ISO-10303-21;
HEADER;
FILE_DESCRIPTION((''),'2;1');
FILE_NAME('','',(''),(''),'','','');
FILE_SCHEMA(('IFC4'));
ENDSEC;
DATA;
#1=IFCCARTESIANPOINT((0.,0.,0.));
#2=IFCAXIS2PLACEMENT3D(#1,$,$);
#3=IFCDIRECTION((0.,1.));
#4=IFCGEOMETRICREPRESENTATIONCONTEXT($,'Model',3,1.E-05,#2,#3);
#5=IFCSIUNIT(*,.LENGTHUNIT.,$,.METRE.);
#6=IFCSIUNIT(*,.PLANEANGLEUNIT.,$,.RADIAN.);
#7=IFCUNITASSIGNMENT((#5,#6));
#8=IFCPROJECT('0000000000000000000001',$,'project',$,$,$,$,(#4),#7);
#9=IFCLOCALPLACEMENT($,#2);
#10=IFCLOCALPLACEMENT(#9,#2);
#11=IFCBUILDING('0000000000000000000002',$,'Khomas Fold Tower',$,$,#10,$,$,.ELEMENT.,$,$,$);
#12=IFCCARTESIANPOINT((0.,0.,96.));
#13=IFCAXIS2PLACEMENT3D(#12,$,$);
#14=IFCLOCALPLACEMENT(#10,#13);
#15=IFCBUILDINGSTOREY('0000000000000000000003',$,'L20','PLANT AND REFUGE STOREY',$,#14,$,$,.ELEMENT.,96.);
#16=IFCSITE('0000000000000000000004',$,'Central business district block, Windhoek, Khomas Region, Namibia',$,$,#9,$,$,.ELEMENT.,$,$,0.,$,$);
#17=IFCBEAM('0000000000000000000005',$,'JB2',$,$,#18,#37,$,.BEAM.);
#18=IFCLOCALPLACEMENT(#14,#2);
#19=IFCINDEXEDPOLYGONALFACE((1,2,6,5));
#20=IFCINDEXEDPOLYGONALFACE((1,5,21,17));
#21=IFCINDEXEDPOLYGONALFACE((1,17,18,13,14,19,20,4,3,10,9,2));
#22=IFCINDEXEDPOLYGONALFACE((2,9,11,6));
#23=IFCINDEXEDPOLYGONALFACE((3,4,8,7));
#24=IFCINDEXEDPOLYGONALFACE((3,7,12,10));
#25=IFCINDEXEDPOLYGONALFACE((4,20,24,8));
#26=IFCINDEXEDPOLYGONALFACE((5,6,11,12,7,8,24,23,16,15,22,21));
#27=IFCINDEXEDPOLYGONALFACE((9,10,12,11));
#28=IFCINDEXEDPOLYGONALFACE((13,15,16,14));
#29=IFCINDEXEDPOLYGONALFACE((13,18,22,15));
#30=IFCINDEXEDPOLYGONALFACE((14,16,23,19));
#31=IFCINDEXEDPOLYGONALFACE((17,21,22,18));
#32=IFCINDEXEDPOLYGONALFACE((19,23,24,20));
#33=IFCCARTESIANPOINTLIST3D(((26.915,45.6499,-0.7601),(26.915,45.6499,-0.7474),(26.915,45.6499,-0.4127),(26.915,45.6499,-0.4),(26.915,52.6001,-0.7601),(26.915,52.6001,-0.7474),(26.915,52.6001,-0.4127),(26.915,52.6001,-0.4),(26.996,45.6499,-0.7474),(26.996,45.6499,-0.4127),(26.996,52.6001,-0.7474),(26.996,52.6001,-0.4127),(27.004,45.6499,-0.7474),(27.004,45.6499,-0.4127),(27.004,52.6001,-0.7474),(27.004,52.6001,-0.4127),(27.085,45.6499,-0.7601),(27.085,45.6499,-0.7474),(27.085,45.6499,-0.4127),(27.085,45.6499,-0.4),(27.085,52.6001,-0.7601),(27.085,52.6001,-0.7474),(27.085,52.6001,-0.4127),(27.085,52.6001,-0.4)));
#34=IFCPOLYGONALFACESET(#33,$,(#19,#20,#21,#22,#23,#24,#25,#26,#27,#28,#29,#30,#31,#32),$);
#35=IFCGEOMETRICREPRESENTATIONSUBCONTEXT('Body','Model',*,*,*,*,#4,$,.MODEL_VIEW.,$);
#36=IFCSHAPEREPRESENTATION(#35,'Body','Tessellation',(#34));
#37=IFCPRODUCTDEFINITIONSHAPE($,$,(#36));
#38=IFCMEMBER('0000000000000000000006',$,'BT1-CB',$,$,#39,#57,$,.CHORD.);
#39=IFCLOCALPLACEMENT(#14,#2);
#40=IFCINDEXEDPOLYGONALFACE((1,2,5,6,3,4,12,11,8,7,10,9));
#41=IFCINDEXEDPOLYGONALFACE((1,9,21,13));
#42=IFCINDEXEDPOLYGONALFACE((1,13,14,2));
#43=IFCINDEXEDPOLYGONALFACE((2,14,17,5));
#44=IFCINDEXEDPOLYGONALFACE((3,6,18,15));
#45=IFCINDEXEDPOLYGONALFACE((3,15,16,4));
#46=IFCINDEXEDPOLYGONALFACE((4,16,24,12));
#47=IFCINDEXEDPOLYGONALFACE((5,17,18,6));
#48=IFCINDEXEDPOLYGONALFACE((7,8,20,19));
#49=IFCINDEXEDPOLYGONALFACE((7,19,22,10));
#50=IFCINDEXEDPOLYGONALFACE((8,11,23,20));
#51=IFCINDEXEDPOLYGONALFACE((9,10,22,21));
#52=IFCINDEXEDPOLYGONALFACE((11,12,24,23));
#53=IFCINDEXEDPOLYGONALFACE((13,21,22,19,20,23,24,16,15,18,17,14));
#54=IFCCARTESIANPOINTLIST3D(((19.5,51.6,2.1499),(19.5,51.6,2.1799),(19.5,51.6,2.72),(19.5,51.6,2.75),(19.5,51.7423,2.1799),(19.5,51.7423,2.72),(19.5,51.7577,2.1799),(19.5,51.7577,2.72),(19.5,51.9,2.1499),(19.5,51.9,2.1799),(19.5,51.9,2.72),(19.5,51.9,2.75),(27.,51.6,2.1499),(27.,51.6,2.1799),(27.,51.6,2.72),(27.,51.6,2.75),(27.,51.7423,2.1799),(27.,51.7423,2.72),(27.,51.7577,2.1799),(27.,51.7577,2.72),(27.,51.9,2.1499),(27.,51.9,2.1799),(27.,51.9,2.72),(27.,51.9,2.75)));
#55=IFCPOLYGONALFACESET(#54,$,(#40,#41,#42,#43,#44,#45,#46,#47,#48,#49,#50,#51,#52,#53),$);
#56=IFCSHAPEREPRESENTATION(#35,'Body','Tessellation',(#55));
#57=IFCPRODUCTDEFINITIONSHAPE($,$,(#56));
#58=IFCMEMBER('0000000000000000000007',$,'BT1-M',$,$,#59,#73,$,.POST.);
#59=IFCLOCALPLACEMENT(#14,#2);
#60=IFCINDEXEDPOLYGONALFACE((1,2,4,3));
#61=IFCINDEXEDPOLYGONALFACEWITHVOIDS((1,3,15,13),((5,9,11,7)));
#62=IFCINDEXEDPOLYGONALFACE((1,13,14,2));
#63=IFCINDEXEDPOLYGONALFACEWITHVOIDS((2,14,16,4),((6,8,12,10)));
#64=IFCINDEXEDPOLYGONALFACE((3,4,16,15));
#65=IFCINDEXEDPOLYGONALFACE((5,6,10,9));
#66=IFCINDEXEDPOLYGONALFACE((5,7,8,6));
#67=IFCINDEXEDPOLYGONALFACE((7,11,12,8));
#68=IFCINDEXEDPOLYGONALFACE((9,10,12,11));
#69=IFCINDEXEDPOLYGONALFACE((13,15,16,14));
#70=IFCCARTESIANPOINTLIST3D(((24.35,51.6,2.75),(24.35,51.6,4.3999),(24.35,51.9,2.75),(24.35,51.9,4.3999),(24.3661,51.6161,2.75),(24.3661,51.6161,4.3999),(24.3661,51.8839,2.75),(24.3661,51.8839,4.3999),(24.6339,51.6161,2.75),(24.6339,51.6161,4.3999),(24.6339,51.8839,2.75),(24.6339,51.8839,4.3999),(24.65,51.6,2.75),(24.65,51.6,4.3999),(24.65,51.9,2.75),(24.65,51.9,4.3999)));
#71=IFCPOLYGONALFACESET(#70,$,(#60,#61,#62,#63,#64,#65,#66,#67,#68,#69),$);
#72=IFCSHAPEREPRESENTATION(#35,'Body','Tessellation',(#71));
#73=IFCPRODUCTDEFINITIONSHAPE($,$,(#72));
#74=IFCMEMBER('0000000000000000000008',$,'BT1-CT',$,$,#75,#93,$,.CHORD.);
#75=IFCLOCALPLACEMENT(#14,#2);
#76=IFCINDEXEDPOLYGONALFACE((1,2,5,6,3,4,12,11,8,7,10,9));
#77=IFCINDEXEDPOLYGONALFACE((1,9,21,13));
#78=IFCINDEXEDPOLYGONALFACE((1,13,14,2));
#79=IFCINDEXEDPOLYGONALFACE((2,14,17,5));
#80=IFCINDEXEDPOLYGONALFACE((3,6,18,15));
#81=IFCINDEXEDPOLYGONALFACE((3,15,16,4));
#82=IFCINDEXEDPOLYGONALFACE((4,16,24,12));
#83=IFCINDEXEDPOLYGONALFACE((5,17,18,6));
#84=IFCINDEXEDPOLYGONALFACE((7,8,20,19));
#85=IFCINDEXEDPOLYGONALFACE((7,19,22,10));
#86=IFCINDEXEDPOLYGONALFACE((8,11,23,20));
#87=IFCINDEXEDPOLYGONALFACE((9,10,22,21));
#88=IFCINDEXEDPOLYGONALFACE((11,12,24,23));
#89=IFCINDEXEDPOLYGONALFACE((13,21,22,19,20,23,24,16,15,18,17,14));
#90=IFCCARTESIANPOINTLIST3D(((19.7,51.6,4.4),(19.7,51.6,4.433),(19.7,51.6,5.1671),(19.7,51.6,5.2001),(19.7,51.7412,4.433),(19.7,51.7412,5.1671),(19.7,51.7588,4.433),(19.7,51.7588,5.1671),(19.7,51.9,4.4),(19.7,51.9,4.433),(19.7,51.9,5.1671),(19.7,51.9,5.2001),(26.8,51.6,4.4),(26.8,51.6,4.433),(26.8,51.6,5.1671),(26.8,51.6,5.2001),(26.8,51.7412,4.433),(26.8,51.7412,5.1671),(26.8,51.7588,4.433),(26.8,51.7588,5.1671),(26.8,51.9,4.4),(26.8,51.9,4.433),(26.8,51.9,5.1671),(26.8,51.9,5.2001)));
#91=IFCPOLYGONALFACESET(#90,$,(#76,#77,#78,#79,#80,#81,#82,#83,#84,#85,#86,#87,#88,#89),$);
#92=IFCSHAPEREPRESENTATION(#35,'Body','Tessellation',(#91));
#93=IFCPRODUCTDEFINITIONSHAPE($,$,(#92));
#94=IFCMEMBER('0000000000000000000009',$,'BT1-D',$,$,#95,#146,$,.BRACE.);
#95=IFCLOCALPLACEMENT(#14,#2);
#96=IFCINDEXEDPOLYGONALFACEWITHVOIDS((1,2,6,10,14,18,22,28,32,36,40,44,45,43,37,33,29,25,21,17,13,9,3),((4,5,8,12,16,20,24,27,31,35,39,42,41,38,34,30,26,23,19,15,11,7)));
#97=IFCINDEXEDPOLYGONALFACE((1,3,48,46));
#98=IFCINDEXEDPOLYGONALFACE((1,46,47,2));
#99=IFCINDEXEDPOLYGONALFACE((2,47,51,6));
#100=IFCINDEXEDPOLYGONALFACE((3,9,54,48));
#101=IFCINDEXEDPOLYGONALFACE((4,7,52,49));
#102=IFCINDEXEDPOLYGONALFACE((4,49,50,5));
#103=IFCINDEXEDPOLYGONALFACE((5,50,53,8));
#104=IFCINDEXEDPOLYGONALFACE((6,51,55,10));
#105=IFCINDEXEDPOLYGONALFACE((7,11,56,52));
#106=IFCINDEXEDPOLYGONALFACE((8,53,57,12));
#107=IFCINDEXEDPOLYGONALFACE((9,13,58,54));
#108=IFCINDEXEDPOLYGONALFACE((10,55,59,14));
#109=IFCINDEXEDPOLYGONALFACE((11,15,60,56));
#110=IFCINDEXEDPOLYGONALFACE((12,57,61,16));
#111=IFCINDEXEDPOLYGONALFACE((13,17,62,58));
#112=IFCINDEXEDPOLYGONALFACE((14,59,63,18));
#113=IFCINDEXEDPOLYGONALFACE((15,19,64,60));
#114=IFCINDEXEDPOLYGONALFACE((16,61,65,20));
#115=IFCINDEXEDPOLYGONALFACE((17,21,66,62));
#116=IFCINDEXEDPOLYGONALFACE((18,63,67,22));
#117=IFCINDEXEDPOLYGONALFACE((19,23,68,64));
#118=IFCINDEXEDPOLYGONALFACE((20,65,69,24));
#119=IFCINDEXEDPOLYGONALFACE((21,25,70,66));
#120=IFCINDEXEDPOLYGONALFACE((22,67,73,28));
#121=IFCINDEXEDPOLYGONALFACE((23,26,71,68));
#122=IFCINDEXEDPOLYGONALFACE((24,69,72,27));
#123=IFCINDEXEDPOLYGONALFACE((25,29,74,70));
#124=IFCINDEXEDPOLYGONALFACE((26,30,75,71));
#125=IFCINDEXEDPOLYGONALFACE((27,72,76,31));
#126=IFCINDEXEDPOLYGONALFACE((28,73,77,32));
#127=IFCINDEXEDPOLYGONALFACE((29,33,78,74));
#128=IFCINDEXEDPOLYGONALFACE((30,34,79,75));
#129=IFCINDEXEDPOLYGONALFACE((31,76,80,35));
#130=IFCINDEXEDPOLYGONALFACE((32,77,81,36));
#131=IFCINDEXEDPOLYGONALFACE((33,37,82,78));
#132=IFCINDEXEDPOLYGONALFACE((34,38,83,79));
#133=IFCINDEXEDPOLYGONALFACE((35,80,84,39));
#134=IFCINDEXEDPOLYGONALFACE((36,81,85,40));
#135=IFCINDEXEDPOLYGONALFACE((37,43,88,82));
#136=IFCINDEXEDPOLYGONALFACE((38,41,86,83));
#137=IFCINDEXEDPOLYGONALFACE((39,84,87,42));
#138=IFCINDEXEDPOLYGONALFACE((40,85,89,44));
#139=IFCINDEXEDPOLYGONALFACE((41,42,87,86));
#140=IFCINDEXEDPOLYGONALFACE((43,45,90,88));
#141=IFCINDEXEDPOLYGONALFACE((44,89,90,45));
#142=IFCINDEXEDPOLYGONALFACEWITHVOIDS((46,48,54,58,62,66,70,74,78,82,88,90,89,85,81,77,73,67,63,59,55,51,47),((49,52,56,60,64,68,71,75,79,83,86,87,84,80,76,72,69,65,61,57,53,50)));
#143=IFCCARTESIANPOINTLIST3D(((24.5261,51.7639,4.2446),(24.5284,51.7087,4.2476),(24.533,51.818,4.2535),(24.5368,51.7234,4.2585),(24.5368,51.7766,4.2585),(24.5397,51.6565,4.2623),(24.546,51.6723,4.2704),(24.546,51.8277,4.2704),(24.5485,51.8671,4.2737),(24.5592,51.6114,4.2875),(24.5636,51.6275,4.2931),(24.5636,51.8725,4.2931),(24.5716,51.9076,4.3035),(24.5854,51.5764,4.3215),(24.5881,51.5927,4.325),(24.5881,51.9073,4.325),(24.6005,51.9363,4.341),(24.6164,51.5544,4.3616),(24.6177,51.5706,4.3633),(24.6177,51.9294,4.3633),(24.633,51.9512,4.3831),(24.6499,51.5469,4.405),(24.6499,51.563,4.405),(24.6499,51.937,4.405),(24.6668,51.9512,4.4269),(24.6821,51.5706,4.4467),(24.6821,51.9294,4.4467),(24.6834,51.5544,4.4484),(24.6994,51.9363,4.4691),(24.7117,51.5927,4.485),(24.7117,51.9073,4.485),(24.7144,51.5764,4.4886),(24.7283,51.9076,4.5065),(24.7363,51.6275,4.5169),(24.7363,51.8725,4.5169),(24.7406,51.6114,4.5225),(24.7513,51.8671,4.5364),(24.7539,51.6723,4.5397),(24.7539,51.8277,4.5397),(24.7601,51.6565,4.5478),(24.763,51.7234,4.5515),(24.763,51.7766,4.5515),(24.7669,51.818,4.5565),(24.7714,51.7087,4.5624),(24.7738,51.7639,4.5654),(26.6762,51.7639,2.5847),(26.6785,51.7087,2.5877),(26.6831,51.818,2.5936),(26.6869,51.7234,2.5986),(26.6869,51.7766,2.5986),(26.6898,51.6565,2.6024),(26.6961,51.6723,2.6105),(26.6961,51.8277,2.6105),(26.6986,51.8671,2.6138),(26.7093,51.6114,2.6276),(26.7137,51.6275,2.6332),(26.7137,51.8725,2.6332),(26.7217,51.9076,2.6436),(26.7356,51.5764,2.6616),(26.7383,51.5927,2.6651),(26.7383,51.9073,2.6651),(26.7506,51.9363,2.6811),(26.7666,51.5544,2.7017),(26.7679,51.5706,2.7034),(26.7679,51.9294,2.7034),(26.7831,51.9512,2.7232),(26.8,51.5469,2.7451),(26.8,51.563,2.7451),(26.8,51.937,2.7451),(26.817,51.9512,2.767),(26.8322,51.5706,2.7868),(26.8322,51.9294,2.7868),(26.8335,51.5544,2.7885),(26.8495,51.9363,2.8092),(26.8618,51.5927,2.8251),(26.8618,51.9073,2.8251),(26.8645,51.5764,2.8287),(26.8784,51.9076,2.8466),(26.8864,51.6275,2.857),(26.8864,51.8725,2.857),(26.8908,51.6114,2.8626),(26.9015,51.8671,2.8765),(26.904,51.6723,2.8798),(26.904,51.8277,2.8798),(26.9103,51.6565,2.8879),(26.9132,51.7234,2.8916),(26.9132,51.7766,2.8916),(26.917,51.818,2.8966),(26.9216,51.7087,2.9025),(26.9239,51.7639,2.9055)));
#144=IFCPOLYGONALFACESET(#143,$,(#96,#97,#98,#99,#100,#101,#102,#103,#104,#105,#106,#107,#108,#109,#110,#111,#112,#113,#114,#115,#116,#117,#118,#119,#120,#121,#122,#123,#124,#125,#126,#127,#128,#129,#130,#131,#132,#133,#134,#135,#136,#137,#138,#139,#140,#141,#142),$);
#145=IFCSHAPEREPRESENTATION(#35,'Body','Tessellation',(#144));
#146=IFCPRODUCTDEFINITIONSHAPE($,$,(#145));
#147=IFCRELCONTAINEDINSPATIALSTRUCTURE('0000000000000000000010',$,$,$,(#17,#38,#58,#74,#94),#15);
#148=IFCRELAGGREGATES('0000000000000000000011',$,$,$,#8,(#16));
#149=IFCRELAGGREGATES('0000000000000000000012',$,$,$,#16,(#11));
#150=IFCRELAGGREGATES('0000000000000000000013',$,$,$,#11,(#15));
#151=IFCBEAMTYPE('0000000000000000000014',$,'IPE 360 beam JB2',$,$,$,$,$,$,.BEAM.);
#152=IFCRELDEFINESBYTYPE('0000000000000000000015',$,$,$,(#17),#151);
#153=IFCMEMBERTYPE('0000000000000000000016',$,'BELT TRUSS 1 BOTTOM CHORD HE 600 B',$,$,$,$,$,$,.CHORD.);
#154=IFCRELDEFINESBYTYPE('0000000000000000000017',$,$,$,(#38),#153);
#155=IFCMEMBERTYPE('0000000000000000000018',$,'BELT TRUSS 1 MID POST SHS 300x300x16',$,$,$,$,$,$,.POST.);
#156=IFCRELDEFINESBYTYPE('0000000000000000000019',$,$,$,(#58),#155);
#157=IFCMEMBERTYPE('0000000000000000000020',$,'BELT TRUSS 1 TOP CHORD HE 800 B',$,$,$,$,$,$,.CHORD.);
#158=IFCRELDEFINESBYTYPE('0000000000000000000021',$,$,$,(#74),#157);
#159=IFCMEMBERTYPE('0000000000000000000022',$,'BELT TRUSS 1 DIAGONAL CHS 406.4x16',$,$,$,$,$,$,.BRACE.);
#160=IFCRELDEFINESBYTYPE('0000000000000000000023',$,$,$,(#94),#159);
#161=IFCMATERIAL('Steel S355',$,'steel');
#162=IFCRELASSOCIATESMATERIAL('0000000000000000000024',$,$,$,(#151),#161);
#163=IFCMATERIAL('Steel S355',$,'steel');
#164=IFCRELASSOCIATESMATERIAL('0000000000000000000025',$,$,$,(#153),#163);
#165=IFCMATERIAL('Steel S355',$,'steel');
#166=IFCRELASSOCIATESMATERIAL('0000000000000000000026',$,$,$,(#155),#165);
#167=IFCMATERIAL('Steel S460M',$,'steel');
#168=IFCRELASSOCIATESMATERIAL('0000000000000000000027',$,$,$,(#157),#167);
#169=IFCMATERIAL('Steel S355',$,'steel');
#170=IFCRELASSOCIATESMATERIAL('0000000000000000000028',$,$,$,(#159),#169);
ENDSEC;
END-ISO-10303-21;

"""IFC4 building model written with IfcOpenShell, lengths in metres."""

from ifc_helpers import new_model, si_unit, direction, frame, origin, origin_2d, place, context, subcontext, project, spatial, hollow_rectangle, hollow_circle, i_section, extrude, source, transform, mapped, material, material_profile, profile_set, type_object, element, save


model = new_model("IFC4")

# Units and contexts
model_context = context("Model", 3, precision=1e-05, world=origin(), true_north=direction((0.0, 1.0)))
body_context = subcontext(model_context, "Body", "Model", "MODEL_VIEW")
ifc_project = project(units=[si_unit("LENGTHUNIT", "METRE"), si_unit("PLANEANGLEUNIT", "RADIAN")], contexts=[model_context])

# Site, building, storey
site_placement = place(None, origin())
site = spatial("IfcSite", under=ifc_project, at=site_placement, Name="Central business district block, Windhoek, Khomas Region, Namibia", CompositionType="ELEMENT", RefElevation=0.0)
building_placement = place(site_placement, origin())
building = spatial("IfcBuilding", under=site, at=building_placement, Name="Khomas Fold Tower", CompositionType="ELEMENT")
storey_placement = place(building_placement, frame((0.0, 0.0, 96.0)))
storey = spatial("IfcBuildingStorey", under=building, at=storey_placement, Name="L20", Description="PLANT AND REFUGE STOREY", CompositionType="ELEMENT", Elevation=96.0)

# Beam
ifc_material_1 = material(Name="Steel S355", Category="steel")
ifc_material_profile_1 = material_profile(ifc_material_1, i_section(OverallWidth=0.1699, OverallDepth=0.3601, WebThickness=0.0081, FlangeThickness=0.0127, at=origin_2d()), Name="IPE 360")
ifc_profile_set_1 = profile_set([ifc_material_profile_1], Name="Steel S355")
beam_type = type_object("IfcBeamType", Name="IPE 360 beam JB2", PredefinedType="BEAM", material=ifc_profile_set_1)
shared_shape_1 = source(origin(), body_context, "Body", "SweptSolid", [
    extrude(i_section(OverallWidth=0.1699, OverallDepth=0.3601, WebThickness=0.0081, FlangeThickness=0.0127, at=origin_2d()), origin(), (0.0, 0.0, 1.0), 6.9502),
])
beam_placement = place(storey_placement, frame((27.0, 45.6499, -0.5801), z_axis=(0.0, 1.0, 0.0), x_axis=(-1.0, 0.0, 0.0)))
element("IfcBeam", 1, at=beam_placement, inside=storey, type_object=beam_type, Name="JB2", PredefinedType="BEAM", context=body_context, shape_type="MappedRepresentation", body=[
    mapped(shared_shape_1, transform((0.0, 0.0, 0.0))),
])

# Members
ifc_material_2 = material(Name="Steel S355", Category="steel")
ifc_material_profile_2 = material_profile(ifc_material_2, i_section(OverallWidth=0.3, OverallDepth=0.6001, WebThickness=0.0154, FlangeThickness=0.03, at=origin_2d()), Name="HE 600 B")
ifc_profile_set_2 = profile_set([ifc_material_profile_2], Name="Steel S355")
member_type_1 = type_object("IfcMemberType", Name="BELT TRUSS 1 BOTTOM CHORD HE 600 B", PredefinedType="CHORD", material=ifc_profile_set_2)
shared_shape_2 = source(origin(), body_context, "Body", "SweptSolid", [
    extrude(i_section(OverallWidth=0.3, OverallDepth=0.6001, WebThickness=0.0154, FlangeThickness=0.03, at=origin_2d()), origin(), (0.0, 0.0, 1.0), 7.5),
])
member_1_placement = place(storey_placement, frame((27.0, 51.75, 2.45), z_axis=(-1.0, 0.0, 0.0), x_axis=(0.0, -1.0, 0.0)))
element("IfcMember", 2, at=member_1_placement, inside=storey, type_object=member_type_1, Name="BT1-CB", PredefinedType="CHORD", context=body_context, shape_type="MappedRepresentation", body=[
    mapped(shared_shape_2, transform((0.0, 0.0, 0.0))),
])
ifc_material_3 = material(Name="Steel S355", Category="steel")
ifc_material_profile_3 = material_profile(ifc_material_3, hollow_rectangle(XDim=0.3, YDim=0.3, WallThickness=0.0161, at=origin_2d()), Name="SHS 300x300x16")
ifc_profile_set_3 = profile_set([ifc_material_profile_3], Name="Steel S355")
member_type_2 = type_object("IfcMemberType", Name="BELT TRUSS 1 MID POST SHS 300x300x16", PredefinedType="POST", material=ifc_profile_set_3)
shared_shape_3 = source(origin(), body_context, "Body", "SweptSolid", [
    extrude(hollow_rectangle(XDim=0.3, YDim=0.3, WallThickness=0.0161, at=origin_2d()), origin(), (0.0, 0.0, 1.0), 1.6499),
])
member_2_placement = place(storey_placement, frame((24.5, 51.75, 2.75), z_axis=(0.0, 0.0, 1.0), x_axis=(1.0, 0.0, 0.0)))
element("IfcMember", 3, at=member_2_placement, inside=storey, type_object=member_type_2, Name="BT1-M", PredefinedType="POST", context=body_context, shape_type="MappedRepresentation", body=[
    mapped(shared_shape_3, transform((0.0, 0.0, 0.0))),
])
ifc_material_4 = material(Name="Steel S460M", Category="steel")
ifc_material_profile_4 = material_profile(ifc_material_4, i_section(OverallWidth=0.3, OverallDepth=0.8, WebThickness=0.0176, FlangeThickness=0.033, at=origin_2d()), Name="HE 800 B")
ifc_profile_set_4 = profile_set([ifc_material_profile_4], Name="Steel S460M")
member_type_3 = type_object("IfcMemberType", Name="BELT TRUSS 1 TOP CHORD HE 800 B", PredefinedType="CHORD", material=ifc_profile_set_4)
shared_shape_4 = source(origin(), body_context, "Body", "SweptSolid", [
    extrude(i_section(OverallWidth=0.3, OverallDepth=0.8, WebThickness=0.0176, FlangeThickness=0.033, at=origin_2d()), origin(), (0.0, 0.0, 1.0), 7.1001),
])
member_3_placement = place(storey_placement, frame((26.8, 51.75, 4.8), z_axis=(-1.0, 0.0, 0.0), x_axis=(0.0, -1.0, 0.0)))
element("IfcMember", 4, at=member_3_placement, inside=storey, type_object=member_type_3, Name="BT1-CT", PredefinedType="CHORD", context=body_context, shape_type="MappedRepresentation", body=[
    mapped(shared_shape_4, transform((0.0, 0.0, 0.0))),
])
ifc_material_5 = material(Name="Steel S355", Category="steel")
ifc_material_profile_5 = material_profile(ifc_material_5, hollow_circle(Radius=0.2031, WallThickness=0.0161, at=origin_2d()), Name="CHS 406.4x16")
ifc_profile_set_5 = profile_set([ifc_material_profile_5], Name="Steel S355")
member_type_4 = type_object("IfcMemberType", Name="BELT TRUSS 1 DIAGONAL CHS 406.4x16", PredefinedType="BRACE", material=ifc_profile_set_5)
shared_shape_5 = source(origin(), body_context, "Body", "SweptSolid", [
    extrude(hollow_circle(Radius=0.2031, WallThickness=0.0161, at=origin_2d()), origin(), (0.0, 0.0, 1.0), 2.7163),
])
member_4_placement = place(storey_placement, frame((26.8, 51.75, 2.7451), z_axis=(-0.791564, 0.0, 0.611087), x_axis=(0.0, -1.0, 0.0)))
element("IfcMember", 5, at=member_4_placement, inside=storey, type_object=member_type_4, Name="BT1-D", PredefinedType="BRACE", context=body_context, shape_type="MappedRepresentation", body=[
    mapped(shared_shape_5, transform((0.0, 0.0, 0.0))),
])

save(model, "model.ifc")
